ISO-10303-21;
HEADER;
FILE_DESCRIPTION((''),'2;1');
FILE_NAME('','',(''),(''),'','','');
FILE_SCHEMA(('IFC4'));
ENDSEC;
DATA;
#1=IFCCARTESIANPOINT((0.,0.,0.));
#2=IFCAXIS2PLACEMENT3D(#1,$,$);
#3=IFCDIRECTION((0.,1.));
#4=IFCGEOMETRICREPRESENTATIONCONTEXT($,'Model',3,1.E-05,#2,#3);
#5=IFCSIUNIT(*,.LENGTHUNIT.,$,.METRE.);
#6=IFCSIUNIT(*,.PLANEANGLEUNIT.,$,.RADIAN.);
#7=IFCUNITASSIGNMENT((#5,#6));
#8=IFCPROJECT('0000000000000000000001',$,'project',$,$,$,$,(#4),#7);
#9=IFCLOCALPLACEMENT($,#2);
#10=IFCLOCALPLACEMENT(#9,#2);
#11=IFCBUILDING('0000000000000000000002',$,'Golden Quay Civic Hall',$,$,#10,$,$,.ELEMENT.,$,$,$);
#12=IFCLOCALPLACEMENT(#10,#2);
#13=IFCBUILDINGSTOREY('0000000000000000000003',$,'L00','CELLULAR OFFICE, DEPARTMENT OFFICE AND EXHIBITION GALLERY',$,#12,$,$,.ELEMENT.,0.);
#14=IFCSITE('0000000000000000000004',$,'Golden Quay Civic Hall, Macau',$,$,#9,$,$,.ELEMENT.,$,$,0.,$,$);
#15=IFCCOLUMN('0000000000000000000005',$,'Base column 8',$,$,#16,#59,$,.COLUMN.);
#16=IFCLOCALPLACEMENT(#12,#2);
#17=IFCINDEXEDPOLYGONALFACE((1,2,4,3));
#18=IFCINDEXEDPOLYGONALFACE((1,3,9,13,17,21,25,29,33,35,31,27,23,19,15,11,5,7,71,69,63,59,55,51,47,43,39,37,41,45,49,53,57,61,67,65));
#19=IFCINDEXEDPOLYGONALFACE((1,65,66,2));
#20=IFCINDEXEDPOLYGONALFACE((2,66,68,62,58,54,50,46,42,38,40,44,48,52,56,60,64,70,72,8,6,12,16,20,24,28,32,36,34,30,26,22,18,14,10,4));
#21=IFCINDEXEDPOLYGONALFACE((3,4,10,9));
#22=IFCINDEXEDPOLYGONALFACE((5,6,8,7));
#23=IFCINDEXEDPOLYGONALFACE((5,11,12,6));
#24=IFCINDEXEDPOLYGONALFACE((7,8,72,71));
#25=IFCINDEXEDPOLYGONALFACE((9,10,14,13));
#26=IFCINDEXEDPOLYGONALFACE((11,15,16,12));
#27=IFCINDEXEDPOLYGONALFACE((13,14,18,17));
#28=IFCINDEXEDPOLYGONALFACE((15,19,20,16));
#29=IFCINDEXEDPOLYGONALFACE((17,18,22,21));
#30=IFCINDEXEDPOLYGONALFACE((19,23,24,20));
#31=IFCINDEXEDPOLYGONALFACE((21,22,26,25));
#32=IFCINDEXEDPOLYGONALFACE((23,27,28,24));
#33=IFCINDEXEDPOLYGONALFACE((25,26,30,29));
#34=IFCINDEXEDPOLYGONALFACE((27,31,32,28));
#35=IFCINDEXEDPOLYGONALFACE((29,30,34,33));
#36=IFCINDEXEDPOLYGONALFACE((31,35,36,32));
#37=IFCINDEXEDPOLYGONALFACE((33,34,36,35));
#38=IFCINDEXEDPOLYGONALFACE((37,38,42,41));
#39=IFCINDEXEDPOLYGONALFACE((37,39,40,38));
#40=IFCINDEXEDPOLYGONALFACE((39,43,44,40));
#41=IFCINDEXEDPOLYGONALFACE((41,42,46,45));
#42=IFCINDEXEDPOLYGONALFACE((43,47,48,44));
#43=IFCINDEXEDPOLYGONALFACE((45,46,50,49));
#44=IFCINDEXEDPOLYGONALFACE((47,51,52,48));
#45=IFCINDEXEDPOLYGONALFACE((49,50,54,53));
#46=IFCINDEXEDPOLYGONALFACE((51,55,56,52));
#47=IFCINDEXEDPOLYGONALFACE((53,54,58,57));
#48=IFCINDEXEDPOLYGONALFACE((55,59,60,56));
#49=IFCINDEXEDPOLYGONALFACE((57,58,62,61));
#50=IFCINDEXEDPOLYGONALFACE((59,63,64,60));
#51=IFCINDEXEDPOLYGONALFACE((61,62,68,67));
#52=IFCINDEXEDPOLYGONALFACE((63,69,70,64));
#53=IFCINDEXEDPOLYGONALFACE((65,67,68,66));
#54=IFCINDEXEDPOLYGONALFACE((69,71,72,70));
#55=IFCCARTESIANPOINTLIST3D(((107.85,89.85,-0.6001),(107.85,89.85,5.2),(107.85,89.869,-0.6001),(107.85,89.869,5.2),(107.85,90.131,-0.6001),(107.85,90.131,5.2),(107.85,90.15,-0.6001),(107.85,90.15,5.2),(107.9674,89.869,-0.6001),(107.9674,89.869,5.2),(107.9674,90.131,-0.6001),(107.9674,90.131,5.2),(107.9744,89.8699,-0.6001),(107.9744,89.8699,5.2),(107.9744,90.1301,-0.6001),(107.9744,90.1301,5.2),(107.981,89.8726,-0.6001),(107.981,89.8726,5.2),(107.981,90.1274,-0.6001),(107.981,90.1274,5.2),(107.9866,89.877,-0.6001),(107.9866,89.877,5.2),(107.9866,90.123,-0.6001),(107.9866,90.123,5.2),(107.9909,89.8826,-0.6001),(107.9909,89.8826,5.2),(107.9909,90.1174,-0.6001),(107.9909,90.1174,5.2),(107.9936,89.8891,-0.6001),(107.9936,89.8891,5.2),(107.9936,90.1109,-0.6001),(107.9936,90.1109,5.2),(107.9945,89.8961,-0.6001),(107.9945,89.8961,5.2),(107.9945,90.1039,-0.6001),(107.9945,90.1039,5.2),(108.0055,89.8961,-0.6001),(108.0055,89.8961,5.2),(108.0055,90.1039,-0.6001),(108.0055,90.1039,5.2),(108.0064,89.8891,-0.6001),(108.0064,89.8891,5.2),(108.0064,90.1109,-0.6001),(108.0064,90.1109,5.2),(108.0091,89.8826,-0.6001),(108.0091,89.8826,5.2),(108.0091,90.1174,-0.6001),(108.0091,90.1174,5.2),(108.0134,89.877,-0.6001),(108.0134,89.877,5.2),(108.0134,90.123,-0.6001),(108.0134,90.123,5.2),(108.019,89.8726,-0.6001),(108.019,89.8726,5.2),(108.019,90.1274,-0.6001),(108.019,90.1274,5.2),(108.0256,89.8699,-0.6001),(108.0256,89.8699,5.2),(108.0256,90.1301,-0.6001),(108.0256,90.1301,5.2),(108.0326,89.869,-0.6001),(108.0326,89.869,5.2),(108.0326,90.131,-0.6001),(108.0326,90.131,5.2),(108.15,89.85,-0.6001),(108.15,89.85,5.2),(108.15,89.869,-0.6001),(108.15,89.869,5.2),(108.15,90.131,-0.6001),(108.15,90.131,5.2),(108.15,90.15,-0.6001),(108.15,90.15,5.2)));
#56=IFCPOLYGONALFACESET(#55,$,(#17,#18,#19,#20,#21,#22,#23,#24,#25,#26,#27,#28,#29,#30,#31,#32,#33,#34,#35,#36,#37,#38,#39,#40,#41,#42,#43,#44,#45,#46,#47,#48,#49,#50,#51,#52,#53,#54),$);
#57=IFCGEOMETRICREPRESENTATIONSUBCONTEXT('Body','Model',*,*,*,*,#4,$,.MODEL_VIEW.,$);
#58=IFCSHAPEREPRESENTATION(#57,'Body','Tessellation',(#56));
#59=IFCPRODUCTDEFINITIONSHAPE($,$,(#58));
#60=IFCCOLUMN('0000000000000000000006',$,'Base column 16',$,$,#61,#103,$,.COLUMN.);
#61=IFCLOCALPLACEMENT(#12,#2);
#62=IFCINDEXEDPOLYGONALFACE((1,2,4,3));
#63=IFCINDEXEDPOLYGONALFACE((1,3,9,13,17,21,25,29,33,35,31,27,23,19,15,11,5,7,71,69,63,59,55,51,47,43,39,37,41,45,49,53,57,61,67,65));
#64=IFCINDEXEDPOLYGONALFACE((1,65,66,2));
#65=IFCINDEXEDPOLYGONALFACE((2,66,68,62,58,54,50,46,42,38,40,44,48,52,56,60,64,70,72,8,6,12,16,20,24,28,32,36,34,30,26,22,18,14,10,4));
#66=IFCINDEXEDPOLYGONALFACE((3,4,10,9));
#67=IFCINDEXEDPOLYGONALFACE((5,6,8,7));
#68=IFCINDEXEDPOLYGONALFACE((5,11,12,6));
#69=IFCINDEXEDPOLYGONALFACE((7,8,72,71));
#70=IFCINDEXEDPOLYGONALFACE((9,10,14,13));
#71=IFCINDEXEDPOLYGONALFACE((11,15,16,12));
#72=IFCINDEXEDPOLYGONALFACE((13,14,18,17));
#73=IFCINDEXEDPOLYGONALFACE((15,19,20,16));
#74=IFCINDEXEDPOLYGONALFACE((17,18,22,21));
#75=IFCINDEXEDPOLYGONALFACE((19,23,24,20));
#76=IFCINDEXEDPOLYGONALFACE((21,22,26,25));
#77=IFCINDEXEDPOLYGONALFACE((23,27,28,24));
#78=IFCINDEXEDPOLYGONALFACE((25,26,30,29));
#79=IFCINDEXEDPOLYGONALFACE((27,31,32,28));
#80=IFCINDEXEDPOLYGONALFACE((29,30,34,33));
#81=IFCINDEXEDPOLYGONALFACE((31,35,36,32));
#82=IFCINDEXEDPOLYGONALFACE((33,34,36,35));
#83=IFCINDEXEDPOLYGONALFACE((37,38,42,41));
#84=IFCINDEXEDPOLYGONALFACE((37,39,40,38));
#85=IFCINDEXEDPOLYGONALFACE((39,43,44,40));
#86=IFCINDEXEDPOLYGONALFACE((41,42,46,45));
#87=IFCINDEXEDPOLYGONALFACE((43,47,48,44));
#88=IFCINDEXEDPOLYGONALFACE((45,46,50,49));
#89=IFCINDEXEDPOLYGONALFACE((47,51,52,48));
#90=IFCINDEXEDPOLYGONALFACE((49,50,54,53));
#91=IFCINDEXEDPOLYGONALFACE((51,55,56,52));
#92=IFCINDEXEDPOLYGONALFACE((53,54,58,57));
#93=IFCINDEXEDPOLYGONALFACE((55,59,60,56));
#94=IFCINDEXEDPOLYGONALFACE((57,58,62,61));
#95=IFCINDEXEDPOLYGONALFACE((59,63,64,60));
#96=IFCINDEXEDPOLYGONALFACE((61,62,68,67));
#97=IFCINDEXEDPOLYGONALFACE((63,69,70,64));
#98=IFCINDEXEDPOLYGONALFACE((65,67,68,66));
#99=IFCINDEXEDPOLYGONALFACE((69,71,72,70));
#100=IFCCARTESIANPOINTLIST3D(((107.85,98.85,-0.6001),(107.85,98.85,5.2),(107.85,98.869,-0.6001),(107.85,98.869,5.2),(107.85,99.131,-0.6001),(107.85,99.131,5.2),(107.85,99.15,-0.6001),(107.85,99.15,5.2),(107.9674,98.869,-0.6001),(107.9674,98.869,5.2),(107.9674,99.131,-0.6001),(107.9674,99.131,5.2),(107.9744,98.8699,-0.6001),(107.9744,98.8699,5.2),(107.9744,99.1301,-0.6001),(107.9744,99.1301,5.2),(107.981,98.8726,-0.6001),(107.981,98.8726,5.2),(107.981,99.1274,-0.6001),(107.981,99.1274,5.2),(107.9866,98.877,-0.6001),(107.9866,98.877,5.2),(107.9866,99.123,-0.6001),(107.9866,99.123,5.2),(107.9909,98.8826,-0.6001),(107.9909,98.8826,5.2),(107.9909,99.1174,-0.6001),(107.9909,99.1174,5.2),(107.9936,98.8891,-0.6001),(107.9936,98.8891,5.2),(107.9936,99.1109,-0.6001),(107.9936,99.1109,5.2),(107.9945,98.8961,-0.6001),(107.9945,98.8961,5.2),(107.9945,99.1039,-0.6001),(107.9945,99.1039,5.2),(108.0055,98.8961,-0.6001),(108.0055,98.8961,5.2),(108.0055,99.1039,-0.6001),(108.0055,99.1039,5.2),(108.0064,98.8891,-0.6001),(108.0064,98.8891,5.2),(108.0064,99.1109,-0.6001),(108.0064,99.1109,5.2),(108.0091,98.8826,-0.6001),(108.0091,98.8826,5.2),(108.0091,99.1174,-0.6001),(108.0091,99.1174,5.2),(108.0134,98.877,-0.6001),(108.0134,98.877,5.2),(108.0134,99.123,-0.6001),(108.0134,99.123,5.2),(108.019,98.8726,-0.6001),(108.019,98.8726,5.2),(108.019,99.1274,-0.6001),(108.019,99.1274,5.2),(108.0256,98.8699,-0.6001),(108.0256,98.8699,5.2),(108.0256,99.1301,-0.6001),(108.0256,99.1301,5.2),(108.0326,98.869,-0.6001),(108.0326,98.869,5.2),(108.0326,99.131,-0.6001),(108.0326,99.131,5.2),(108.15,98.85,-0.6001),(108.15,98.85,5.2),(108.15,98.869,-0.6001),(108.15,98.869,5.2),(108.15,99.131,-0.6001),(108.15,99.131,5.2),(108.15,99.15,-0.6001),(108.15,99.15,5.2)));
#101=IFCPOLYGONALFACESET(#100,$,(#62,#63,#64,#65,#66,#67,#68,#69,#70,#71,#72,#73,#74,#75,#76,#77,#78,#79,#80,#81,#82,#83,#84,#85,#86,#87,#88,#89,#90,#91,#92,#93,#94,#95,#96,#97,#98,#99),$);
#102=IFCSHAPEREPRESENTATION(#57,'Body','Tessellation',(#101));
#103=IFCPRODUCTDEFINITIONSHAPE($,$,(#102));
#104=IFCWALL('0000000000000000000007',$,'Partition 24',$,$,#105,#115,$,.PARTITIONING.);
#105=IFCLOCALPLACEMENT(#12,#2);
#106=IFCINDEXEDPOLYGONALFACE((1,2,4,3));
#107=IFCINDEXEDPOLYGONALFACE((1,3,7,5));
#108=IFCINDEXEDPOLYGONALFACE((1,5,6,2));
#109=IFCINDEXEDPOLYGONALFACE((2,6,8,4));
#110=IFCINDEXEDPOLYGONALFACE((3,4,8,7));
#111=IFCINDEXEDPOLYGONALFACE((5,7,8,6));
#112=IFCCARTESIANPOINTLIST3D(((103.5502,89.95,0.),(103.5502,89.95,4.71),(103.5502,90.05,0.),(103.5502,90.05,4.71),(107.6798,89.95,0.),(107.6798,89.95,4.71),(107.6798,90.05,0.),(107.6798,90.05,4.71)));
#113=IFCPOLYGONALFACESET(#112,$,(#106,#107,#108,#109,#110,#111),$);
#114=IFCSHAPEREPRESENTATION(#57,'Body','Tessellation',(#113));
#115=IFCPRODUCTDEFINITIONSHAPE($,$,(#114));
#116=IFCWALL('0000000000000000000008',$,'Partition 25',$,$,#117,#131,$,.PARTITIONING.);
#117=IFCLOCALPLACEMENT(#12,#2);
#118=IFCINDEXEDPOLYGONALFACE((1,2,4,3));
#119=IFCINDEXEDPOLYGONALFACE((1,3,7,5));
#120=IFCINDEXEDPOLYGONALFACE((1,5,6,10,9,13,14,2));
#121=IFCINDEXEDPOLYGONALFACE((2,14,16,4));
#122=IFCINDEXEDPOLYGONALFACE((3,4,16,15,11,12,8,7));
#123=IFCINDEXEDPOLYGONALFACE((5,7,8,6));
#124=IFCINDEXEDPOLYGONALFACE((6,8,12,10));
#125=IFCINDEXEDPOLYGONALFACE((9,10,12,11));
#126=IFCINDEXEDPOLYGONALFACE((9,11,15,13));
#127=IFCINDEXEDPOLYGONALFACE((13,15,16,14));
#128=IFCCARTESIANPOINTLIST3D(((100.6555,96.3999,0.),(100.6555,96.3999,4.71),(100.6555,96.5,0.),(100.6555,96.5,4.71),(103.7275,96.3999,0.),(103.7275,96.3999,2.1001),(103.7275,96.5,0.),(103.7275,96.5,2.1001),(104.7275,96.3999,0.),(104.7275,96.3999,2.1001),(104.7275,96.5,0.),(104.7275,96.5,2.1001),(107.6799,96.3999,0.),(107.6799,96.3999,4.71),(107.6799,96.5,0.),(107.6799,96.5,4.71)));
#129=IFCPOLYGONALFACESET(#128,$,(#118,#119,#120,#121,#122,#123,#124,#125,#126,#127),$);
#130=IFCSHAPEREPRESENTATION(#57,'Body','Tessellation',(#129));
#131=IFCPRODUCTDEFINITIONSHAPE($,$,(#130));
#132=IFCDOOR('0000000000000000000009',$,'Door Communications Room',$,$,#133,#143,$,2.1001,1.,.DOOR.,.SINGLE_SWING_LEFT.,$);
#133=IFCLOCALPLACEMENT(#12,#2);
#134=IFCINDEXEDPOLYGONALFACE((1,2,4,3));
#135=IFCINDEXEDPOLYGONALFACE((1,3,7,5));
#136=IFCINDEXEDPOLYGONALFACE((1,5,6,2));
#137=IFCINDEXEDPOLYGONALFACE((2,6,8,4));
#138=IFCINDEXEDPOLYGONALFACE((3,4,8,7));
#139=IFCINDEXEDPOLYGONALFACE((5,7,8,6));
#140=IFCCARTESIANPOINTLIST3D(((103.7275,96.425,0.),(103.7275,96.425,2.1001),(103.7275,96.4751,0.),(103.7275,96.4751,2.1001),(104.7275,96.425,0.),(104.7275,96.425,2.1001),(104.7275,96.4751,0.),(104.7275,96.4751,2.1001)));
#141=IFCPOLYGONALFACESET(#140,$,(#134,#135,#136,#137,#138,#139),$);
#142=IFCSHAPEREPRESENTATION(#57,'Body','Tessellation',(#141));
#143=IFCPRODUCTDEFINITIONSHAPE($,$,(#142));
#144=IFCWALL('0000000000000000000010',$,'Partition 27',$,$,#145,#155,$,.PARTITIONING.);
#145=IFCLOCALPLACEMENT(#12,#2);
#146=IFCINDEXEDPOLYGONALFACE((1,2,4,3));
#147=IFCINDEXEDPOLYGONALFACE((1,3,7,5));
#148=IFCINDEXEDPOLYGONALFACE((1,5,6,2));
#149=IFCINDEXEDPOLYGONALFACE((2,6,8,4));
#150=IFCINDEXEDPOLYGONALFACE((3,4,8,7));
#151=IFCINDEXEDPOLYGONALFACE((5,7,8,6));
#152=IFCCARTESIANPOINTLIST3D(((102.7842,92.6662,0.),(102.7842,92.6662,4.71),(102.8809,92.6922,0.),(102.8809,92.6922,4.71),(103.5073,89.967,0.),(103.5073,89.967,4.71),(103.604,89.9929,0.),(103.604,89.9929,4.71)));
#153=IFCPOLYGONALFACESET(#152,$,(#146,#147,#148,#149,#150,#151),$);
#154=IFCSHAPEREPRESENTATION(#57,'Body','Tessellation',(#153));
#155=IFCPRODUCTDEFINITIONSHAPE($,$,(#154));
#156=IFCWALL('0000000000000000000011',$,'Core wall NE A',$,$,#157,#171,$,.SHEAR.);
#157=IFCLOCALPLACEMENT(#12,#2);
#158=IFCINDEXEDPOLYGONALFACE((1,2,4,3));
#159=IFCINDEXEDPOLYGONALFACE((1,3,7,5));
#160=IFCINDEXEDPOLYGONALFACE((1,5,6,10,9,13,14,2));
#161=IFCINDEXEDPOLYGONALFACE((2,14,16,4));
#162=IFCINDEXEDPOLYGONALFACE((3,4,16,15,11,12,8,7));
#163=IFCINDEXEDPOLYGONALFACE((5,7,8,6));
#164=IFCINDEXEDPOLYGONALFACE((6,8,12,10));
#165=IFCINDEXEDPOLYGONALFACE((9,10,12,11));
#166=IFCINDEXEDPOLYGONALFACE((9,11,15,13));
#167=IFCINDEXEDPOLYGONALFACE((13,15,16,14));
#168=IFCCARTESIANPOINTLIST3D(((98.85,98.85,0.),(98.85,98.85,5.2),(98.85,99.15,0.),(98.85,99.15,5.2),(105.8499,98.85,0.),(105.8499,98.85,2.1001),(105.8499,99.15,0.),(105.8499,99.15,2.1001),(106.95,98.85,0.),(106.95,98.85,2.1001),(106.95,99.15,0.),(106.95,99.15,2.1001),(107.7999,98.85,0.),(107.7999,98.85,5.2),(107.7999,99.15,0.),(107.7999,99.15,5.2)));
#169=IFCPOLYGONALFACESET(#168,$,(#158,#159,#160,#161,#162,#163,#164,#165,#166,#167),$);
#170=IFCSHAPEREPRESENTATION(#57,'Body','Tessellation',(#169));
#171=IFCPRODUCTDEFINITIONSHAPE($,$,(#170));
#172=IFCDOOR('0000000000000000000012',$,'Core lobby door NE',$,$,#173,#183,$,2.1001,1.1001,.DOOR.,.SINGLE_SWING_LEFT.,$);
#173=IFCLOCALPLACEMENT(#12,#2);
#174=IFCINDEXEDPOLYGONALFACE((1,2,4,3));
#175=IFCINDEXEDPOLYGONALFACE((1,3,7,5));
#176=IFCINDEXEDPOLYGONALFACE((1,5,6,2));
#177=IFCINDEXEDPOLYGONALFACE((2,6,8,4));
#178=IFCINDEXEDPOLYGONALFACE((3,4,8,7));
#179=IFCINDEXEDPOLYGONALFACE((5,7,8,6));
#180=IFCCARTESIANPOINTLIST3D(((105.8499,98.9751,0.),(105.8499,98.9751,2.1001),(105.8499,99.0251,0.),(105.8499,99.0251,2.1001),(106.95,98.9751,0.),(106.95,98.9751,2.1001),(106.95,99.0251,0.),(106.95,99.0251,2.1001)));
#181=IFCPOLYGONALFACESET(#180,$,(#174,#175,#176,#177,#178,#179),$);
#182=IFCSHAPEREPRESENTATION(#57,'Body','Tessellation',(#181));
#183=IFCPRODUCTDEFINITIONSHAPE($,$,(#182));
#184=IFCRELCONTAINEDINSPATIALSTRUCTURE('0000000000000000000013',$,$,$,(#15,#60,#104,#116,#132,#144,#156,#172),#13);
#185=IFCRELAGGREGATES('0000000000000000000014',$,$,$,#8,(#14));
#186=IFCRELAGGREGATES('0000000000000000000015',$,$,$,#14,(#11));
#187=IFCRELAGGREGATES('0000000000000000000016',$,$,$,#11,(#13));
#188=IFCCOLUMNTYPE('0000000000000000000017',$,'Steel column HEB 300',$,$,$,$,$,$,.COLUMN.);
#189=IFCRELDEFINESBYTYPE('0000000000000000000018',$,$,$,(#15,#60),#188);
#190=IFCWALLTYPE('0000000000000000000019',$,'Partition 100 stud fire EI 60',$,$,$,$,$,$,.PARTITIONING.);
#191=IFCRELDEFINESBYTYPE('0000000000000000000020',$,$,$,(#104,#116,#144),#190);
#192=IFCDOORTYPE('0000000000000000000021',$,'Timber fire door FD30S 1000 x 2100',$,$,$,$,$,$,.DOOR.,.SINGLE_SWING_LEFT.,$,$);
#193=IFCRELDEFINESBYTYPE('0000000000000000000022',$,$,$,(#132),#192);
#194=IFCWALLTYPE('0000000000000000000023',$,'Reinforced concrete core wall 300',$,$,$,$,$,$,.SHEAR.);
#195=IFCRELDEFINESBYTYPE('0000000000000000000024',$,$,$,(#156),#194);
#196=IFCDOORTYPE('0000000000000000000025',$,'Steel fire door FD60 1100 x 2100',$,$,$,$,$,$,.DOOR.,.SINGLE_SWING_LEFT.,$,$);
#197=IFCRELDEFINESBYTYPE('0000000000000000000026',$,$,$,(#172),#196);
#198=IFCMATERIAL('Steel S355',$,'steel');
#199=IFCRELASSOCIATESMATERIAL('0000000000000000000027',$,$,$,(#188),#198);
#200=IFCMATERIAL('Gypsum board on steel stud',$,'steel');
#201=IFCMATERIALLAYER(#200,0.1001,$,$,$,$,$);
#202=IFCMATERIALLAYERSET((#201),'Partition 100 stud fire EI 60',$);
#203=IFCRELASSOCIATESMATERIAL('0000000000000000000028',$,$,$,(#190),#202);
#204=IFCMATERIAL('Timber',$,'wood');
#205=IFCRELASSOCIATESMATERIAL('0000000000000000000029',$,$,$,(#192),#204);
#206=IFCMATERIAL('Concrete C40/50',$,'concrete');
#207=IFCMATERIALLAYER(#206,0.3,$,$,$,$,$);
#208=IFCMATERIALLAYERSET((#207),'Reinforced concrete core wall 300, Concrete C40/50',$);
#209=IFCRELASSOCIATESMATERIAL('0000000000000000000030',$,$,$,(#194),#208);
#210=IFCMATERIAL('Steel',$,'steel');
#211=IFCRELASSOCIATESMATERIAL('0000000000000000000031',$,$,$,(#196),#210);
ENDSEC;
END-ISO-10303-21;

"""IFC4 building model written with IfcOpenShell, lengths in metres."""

from ifc_helpers import new_model, si_unit, direction, frame, frame_2d, origin, origin_2d, place, context, subcontext, project, spatial, rectangle, i_section, extrude, material, layer, layer_set, material_profile, profile_set, type_object, element, fill, save


model = new_model("IFC4")

# Units and contexts
model_context = context("Model", 3, precision=1e-05, world=origin(), true_north=direction((0.0, 1.0)))
body_context = subcontext(model_context, "Body", "Model", "MODEL_VIEW")
ifc_project = project(units=[si_unit("LENGTHUNIT", "METRE"), si_unit("PLANEANGLEUNIT", "RADIAN")], contexts=[model_context])

# Site, building, storey
site_placement = place(None, origin())
site = spatial("IfcSite", under=ifc_project, at=site_placement, Name="Golden Quay Civic Hall, Macau", CompositionType="ELEMENT", RefElevation=0.0)
building_placement = place(site_placement, origin())
building = spatial("IfcBuilding", under=site, at=building_placement, Name="Golden Quay Civic Hall", CompositionType="ELEMENT")
storey_placement = place(building_placement, origin())
storey = spatial("IfcBuildingStorey", under=building, at=storey_placement, Name="L00", Description="CELLULAR OFFICE, DEPARTMENT OFFICE AND EXHIBITION GALLERY", CompositionType="ELEMENT", Elevation=0.0)

# Columns
ifc_material_1 = material(Name="Steel S355", Category="steel")
ifc_material_profile_1 = material_profile(ifc_material_1, i_section(OverallWidth=0.3, OverallDepth=0.3, WebThickness=0.011, FlangeThickness=0.019, FilletRadius=0.0271, at=origin_2d()), Name="HEB 300")
ifc_profile_set_1 = profile_set([ifc_material_profile_1], Name="Steel S355")
column_type_1 = type_object("IfcColumnType", Name="Steel column HEB 300", PredefinedType="COLUMN", material=ifc_profile_set_1)
for number, where, z_axis, x_axis, name in (
    (1, (108.0, 90.0, -0.6001), (0.0, 0.0, 1.0), (1.0, 0.0, 0.0), "Base column 8"),
    (2, (108.0, 99.0, -0.6001), (0.0, 0.0, 1.0), (1.0, 0.0, 0.0), "Base column 16"),
):
    element("IfcColumn", number, at=place(storey_placement, frame(where, z_axis=z_axis, x_axis=x_axis)), inside=storey, type_object=column_type_1, Name=name, PredefinedType="COLUMN", context=body_context, shape_type="SweptSolid", body=[
        extrude(i_section(OverallWidth=0.3, OverallDepth=0.3, WebThickness=0.011, FlangeThickness=0.019, FilletRadius=0.0271, at=origin_2d()), origin(), (0.0, 0.0, 1.0), 5.8),
    ])

# Wall
ifc_material_2 = material(Name="Gypsum board on steel stud", Category="steel")
ifc_layer_1 = layer(ifc_material_2, 0.1001)
ifc_layer_set_1 = layer_set([ifc_layer_1], Name="Partition 100 stud fire EI 60")
wall_type_1 = type_object("IfcWallType", Name="Partition 100 stud fire EI 60", PredefinedType="PARTITIONING", material=ifc_layer_set_1)
wall_1_placement = place(storey_placement, frame((107.6799, 90.0, 0.0), z_axis=(0.0, 0.0, 1.0), x_axis=(-1.0, 0.0, 0.0)))
element("IfcWall", 3, at=wall_1_placement, inside=storey, type_object=wall_type_1, Name="Partition 24", PredefinedType="PARTITIONING", context=body_context, shape_type="SweptSolid", body=[
    extrude(rectangle(XDim=4.1296, YDim=0.1001, at=frame_2d((2.0649, 0.0))), origin(), (0.0, 0.0, 1.0), 4.71),
])

# Wall, opening, door
wall_2_placement = place(storey_placement, frame((107.6799, 96.45, 0.0), z_axis=(0.0, 0.0, 1.0), x_axis=(-1.0, 0.0, 0.0)))
wall_2 = element("IfcWall", 4, at=wall_2_placement, inside=storey, type_object=wall_type_1, Name="Partition 25", PredefinedType="PARTITIONING", context=body_context, shape_type="SweptSolid", body=[
    extrude(rectangle(XDim=7.0244, YDim=0.1001, at=frame_2d((3.5122, 0.0))), origin(), (0.0, 0.0, 1.0), 4.71),
])
opening_1_placement = place(wall_2_placement, frame((2.9524, 0.0, 0.0)))
opening_1 = element("IfcOpeningElement", 5, at=opening_1_placement, cuts=wall_2, PredefinedType="OPENING", context=body_context, shape_type="SweptSolid", body=[
    extrude(rectangle(XDim=1.0, YDim=2.1001, at=frame_2d((0.5, 1.05))), frame((0.0, 0.0601, 0.0), z_axis=(0.0, -1.0, 0.0), x_axis=(1.0, 0.0, 0.0)), (0.0, 0.0, 1.0), 0.1201),
])
ifc_material_3 = material(Name="Timber", Category="wood")
door_type_1 = type_object("IfcDoorType", Name="Timber fire door FD30S 1000 x 2100", OperationType="SINGLE_SWING_LEFT", PredefinedType="DOOR", material=ifc_material_3)
door_1_placement = place(opening_1_placement, origin())
door_1 = element("IfcDoor", 6, at=door_1_placement, inside=storey, type_object=door_type_1, Name="Door Communications Room", OperationType="SINGLE_SWING_LEFT", OverallHeight=2.1001, OverallWidth=1.0, PredefinedType="DOOR", context=body_context, shape_type="SweptSolid", body=[
    extrude(rectangle(XDim=1.0, YDim=2.1001, at=frame_2d((0.5, 1.05))), frame((0.0, 0.0249, 0.0), z_axis=(0.0, -1.0, 0.0), x_axis=(1.0, 0.0, 0.0)), (0.0, 0.0, 1.0), 0.05),
])
fill(opening_1, door_1)

# Wall
wall_3_placement = place(storey_placement, frame((102.8325, 92.6792, 0.0), z_axis=(0.0, 0.0, 1.0), x_axis=(0.258783, -0.965936, 0.0)))
element("IfcWall", 7, at=wall_3_placement, inside=storey, type_object=wall_type_1, Name="Partition 27", PredefinedType="PARTITIONING", context=body_context, shape_type="SweptSolid", body=[
    extrude(rectangle(XDim=2.7944, YDim=0.1001, at=frame_2d((1.3972, 0.0))), origin(), (0.0, 0.0, 1.0), 4.71),
])

# Wall, opening, door
ifc_material_4 = material(Name="Concrete C40/50", Category="concrete")
ifc_layer_2 = layer(ifc_material_4, 0.3)
ifc_layer_set_2 = layer_set([ifc_layer_2], Name="Reinforced concrete core wall 300, Concrete C40/50")
wall_type_2 = type_object("IfcWallType", Name="Reinforced concrete core wall 300", PredefinedType="SHEAR", material=ifc_layer_set_2)
wall_4_placement = place(storey_placement, frame((107.8, 99.0, 0.0), z_axis=(0.0, 0.0, 1.0), x_axis=(-1.0, 0.0, 0.0)))
wall_4 = element("IfcWall", 8, at=wall_4_placement, inside=storey, type_object=wall_type_2, Name="Core wall NE A", PredefinedType="SHEAR", context=body_context, shape_type="SweptSolid", body=[
    extrude(rectangle(XDim=8.95, YDim=0.3, at=frame_2d((4.4751, 0.0))), origin(), (0.0, 0.0, 1.0), 5.2),
])
opening_2_placement = place(wall_4_placement, frame((0.8501, 0.0, 0.0)))
opening_2 = element("IfcOpeningElement", 9, at=opening_2_placement, cuts=wall_4, PredefinedType="OPENING", context=body_context, shape_type="SweptSolid", body=[
    extrude(rectangle(XDim=1.1001, YDim=2.1001, at=frame_2d((0.55, 1.05))), frame((0.0, 0.1599, 0.0), z_axis=(0.0, -1.0, 0.0), x_axis=(1.0, 0.0, 0.0)), (0.0, 0.0, 1.0), 0.3201),
])
ifc_material_5 = material(Name="Steel", Category="steel")
door_type_2 = type_object("IfcDoorType", Name="Steel fire door FD60 1100 x 2100", OperationType="SINGLE_SWING_LEFT", PredefinedType="DOOR", material=ifc_material_5)
door_2_placement = place(opening_2_placement, origin())
door_2 = element("IfcDoor", 10, at=door_2_placement, inside=storey, type_object=door_type_2, Name="Core lobby door NE", OperationType="SINGLE_SWING_LEFT", OverallHeight=2.1001, OverallWidth=1.1001, PredefinedType="DOOR", context=body_context, shape_type="SweptSolid", body=[
    extrude(rectangle(XDim=1.1001, YDim=2.1001, at=frame_2d((0.55, 1.05))), frame((0.0, 0.0249, 0.0), z_axis=(0.0, -1.0, 0.0), x_axis=(1.0, 0.0, 0.0)), (0.0, 0.0, 1.0), 0.05),
])
fill(opening_2, door_2)

save(model, "model.ifc")
